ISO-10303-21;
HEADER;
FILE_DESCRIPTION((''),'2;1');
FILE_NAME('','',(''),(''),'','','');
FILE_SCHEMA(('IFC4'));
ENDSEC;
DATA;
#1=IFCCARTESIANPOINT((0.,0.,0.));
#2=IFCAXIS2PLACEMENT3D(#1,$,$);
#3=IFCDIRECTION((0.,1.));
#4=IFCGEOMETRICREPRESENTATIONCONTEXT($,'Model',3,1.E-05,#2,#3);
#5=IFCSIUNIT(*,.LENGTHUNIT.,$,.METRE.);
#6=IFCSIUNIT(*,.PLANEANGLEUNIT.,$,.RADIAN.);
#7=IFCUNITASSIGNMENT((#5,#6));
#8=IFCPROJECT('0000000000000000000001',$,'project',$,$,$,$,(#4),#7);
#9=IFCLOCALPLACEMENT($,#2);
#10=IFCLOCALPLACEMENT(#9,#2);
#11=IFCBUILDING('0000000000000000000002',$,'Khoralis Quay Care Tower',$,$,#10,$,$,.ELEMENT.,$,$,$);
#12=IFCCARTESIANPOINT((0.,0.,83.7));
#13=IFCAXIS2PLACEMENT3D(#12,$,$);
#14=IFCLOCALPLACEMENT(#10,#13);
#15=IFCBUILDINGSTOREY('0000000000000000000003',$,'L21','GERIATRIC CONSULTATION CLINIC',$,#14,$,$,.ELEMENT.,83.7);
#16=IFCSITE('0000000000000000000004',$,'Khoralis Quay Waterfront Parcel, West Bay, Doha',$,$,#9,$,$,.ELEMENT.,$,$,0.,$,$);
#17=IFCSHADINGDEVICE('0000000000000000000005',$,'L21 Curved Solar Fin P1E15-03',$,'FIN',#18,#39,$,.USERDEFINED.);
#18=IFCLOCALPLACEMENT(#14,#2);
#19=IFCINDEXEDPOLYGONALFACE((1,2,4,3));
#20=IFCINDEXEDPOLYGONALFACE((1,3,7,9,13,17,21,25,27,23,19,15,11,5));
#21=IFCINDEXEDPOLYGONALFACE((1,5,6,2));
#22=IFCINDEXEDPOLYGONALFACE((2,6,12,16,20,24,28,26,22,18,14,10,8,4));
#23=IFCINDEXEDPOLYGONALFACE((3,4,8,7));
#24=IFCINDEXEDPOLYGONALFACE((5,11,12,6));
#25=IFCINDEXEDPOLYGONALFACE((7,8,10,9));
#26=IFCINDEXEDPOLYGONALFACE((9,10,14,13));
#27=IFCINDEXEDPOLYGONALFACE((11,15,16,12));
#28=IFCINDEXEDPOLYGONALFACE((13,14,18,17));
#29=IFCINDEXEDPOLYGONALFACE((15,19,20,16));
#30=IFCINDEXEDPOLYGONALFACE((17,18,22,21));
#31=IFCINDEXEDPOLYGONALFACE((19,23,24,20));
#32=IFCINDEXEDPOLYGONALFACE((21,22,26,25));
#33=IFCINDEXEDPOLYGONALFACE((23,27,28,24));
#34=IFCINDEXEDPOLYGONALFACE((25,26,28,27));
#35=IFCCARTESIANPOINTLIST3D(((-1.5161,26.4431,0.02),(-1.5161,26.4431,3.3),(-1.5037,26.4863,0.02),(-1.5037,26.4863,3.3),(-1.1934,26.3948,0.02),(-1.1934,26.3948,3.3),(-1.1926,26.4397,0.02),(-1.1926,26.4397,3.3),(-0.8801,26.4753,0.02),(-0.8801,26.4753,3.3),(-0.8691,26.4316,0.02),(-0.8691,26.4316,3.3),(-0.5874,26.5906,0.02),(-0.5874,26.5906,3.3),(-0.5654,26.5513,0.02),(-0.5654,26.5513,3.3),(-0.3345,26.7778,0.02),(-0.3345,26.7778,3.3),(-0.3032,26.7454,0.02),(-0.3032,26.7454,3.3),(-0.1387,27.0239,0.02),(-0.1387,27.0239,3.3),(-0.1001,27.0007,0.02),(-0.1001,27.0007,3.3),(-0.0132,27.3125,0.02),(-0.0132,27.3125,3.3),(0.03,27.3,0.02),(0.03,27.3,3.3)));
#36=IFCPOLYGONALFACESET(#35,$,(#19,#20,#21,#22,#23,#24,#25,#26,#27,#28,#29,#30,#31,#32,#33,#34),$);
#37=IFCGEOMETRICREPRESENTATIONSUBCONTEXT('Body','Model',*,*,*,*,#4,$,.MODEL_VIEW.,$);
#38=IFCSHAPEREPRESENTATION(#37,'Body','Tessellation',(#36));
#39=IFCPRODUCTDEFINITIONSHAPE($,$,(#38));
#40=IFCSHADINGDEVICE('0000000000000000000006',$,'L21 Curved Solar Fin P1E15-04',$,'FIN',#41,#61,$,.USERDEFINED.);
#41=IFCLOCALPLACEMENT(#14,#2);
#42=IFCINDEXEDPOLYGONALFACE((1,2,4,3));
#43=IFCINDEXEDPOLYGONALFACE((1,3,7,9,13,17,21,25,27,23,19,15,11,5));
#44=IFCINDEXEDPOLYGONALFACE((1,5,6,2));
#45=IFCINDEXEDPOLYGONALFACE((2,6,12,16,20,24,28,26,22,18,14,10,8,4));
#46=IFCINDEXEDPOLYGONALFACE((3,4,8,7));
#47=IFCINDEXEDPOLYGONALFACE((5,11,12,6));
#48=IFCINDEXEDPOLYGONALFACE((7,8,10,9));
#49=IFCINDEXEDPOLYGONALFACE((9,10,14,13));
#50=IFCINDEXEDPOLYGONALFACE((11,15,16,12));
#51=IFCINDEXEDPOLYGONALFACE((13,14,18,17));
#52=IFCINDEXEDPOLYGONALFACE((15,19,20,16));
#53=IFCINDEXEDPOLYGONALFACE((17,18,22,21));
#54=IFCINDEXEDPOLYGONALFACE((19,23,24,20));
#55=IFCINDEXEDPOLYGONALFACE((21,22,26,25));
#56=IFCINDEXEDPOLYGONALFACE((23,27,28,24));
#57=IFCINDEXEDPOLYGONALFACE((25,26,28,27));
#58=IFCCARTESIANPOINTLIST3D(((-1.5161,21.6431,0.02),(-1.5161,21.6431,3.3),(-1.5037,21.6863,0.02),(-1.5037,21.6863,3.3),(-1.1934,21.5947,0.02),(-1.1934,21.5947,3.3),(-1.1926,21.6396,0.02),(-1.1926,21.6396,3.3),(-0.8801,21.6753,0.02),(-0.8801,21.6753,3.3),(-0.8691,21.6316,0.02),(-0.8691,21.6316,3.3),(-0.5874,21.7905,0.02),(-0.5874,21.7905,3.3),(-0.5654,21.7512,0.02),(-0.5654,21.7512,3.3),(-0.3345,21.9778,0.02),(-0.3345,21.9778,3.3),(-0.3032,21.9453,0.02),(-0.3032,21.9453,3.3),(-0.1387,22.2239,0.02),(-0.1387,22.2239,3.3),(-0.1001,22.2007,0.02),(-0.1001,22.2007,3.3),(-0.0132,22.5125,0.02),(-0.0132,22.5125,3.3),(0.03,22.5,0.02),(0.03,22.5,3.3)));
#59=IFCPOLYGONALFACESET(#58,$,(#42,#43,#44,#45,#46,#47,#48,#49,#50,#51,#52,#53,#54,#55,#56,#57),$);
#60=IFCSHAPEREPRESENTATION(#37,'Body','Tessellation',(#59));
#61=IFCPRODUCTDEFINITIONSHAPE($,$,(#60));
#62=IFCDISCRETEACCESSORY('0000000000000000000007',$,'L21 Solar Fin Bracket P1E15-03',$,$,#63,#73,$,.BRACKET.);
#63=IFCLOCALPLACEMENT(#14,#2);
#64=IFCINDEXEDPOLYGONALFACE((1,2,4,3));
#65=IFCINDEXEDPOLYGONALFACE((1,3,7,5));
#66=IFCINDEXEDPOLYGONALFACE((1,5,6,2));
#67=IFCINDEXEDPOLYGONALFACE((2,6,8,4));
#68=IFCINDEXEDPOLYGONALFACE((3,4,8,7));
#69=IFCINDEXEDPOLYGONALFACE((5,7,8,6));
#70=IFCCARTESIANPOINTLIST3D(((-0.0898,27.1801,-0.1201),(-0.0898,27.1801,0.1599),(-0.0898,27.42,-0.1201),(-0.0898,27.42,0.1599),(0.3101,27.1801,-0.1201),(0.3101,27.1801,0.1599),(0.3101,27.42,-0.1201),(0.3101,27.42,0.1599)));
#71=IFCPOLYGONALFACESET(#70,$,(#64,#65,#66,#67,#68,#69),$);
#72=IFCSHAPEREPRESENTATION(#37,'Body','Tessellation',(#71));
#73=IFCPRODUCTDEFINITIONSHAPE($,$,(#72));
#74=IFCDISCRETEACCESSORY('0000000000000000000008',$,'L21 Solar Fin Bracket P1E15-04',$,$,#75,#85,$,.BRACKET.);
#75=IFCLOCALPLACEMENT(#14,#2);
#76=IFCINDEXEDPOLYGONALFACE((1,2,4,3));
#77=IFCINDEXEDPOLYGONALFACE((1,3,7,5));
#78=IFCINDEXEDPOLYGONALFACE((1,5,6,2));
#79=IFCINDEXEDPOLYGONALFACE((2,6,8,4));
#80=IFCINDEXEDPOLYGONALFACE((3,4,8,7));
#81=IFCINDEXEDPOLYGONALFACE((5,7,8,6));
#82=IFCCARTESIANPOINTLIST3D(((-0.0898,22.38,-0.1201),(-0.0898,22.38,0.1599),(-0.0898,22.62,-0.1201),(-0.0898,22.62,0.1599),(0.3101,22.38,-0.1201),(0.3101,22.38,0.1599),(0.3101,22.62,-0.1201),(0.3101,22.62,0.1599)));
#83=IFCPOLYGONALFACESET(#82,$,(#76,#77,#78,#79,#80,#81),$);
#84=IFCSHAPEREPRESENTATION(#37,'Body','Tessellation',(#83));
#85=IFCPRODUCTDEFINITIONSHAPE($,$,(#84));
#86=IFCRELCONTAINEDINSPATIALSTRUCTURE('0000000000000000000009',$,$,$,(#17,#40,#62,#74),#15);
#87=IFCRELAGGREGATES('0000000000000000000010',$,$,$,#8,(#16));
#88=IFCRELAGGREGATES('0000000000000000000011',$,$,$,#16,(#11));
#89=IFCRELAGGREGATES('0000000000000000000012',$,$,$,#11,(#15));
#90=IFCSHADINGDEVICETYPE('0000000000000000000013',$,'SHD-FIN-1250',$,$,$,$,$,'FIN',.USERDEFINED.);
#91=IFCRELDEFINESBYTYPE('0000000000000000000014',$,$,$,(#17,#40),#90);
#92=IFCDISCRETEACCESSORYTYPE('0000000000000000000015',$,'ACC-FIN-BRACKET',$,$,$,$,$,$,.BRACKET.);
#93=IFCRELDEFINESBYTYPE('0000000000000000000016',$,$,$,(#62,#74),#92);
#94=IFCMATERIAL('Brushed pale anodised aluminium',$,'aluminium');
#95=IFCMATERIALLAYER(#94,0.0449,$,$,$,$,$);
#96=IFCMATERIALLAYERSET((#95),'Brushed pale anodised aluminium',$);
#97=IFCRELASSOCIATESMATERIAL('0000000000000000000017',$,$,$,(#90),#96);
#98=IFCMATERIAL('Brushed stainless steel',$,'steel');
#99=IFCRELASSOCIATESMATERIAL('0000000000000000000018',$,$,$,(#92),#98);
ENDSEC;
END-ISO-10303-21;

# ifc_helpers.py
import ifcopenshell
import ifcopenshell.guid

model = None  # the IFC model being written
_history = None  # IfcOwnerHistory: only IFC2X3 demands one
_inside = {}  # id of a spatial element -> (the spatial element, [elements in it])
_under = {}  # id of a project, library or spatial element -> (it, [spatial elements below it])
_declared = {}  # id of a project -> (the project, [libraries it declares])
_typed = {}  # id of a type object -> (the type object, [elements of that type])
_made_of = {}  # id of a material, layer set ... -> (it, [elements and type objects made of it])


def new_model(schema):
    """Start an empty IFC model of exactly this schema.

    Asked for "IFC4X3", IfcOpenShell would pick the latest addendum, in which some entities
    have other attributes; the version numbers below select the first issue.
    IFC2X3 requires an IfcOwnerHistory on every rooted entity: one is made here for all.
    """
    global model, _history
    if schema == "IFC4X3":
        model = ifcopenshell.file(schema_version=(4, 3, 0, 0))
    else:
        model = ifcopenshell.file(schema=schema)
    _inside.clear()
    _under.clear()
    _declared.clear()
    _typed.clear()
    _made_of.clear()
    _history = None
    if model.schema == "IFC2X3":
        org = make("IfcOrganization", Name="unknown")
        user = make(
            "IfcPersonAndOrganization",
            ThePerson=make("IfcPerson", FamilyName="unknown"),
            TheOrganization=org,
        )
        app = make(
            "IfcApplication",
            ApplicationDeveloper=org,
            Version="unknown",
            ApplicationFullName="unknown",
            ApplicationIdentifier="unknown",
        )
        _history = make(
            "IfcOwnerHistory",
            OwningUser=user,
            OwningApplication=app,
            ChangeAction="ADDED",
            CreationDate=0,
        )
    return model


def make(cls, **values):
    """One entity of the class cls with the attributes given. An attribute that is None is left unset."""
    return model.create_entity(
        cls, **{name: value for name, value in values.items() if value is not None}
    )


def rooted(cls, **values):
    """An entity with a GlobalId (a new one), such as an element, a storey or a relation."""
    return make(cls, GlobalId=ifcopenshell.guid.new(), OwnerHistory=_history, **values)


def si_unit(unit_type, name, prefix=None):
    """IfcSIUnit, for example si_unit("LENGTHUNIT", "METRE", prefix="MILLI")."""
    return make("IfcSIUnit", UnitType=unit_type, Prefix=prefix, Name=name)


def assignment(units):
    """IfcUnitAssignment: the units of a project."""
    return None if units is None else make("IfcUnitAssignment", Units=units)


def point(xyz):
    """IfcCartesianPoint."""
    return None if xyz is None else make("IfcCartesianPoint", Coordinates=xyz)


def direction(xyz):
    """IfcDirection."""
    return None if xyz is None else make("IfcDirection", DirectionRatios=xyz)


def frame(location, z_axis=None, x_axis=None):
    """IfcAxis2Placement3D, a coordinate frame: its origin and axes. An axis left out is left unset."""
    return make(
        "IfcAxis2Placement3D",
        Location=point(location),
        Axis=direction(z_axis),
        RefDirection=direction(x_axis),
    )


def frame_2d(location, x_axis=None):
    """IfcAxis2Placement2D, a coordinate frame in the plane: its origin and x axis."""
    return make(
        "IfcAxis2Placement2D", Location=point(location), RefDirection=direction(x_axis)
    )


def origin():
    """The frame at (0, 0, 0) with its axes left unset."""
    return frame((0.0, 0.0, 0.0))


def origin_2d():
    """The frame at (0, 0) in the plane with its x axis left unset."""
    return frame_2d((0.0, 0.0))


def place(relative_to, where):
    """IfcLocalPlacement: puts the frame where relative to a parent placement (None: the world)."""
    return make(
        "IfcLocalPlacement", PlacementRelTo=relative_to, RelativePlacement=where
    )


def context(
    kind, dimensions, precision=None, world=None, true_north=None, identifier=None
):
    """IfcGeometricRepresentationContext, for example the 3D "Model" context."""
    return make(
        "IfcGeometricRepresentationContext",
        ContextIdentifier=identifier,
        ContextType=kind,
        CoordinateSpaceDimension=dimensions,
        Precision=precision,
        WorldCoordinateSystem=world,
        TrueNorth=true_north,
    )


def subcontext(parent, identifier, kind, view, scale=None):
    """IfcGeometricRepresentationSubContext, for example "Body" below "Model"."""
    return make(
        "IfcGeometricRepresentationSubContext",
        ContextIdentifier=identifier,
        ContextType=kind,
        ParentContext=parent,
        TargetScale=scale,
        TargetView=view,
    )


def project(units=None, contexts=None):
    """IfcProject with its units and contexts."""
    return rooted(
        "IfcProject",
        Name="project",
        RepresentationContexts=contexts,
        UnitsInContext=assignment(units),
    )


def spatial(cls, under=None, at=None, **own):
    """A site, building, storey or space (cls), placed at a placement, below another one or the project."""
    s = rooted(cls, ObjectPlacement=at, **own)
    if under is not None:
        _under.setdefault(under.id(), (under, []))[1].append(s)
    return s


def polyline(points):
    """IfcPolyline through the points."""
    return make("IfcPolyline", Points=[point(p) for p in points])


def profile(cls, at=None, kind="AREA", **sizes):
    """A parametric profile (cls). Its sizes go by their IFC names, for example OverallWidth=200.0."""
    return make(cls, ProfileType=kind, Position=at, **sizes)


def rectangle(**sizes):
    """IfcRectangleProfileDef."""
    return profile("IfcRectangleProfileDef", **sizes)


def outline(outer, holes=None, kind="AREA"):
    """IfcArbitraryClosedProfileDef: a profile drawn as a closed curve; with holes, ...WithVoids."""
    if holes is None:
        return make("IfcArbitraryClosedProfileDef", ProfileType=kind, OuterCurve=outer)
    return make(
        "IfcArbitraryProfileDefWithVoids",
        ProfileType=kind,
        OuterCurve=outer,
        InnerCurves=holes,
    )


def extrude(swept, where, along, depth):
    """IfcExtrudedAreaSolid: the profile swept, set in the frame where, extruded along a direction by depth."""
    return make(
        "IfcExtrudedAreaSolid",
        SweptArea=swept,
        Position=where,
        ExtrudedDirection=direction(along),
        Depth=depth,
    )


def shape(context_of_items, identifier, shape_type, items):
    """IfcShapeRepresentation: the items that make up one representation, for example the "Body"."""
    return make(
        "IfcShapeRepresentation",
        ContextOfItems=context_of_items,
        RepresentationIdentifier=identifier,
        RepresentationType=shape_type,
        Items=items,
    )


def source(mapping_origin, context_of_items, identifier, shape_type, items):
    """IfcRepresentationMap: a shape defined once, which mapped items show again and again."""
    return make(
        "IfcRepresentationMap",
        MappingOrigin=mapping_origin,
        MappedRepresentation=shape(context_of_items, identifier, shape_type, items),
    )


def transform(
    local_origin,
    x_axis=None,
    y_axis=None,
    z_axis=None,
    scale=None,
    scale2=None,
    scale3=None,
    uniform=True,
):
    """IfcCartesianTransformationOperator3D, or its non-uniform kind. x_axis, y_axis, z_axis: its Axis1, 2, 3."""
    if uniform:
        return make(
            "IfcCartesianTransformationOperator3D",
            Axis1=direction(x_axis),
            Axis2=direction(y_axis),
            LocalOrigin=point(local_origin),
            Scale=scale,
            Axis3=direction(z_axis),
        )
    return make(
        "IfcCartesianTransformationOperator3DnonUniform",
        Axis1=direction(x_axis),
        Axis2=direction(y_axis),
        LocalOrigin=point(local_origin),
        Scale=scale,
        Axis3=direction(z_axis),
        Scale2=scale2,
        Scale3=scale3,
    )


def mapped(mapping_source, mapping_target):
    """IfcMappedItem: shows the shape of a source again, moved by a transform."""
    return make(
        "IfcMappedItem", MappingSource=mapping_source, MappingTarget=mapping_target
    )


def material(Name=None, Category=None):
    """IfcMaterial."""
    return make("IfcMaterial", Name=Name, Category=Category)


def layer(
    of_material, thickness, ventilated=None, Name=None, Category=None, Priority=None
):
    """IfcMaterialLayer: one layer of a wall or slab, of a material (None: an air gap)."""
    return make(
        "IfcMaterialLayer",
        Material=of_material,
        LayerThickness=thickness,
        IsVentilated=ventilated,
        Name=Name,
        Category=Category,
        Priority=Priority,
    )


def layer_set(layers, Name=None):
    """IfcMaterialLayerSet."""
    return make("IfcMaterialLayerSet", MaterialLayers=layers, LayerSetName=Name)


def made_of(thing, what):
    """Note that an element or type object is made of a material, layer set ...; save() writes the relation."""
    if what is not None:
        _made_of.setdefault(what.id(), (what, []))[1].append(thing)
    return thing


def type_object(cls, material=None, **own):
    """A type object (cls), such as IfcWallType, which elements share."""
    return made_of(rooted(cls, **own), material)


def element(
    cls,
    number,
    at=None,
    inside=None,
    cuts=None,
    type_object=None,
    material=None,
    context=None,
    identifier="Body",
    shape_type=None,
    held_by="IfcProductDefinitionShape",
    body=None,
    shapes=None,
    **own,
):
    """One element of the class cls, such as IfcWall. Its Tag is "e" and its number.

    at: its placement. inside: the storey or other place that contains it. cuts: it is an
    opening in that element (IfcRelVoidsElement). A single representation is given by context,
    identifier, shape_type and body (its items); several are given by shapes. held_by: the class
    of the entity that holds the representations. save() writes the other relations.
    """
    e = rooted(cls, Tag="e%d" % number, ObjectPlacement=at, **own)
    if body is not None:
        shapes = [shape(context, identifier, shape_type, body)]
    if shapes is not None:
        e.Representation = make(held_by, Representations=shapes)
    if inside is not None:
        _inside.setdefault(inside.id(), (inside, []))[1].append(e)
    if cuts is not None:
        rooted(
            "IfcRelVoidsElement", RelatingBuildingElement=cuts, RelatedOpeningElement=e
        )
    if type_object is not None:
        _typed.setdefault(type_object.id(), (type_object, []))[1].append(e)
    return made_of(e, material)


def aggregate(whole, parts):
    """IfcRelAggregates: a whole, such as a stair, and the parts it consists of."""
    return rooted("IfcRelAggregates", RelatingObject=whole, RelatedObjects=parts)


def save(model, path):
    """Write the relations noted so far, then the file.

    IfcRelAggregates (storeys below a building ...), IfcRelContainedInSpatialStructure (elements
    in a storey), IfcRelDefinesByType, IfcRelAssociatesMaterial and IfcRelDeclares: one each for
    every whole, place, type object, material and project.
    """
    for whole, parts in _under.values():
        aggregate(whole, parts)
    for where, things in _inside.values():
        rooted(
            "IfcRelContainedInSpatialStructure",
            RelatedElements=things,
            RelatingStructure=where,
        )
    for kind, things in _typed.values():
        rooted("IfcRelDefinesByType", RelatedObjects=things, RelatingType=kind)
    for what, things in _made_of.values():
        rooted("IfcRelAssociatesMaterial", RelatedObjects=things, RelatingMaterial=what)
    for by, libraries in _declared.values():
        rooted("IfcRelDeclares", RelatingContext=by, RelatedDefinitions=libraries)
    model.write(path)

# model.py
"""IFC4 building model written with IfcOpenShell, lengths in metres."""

from ifc_helpers import new_model, si_unit, direction, frame, origin, origin_2d, place, context, subcontext, project, spatial, polyline, rectangle, outline, extrude, source, transform, mapped, material, layer, layer_set, type_object, element, save


model = new_model("IFC4")

# Units and contexts
model_context = context("Model", 3, precision=1e-05, world=origin(), true_north=direction((0.0, 1.0)))
body_context = subcontext(model_context, "Body", "Model", "MODEL_VIEW")
ifc_project = project(units=[si_unit("LENGTHUNIT", "METRE"), si_unit("PLANEANGLEUNIT", "RADIAN")], contexts=[model_context])

# Site, building, storey
site_placement = place(None, origin())
site = spatial("IfcSite", under=ifc_project, at=site_placement, Name="Khoralis Quay Waterfront Parcel, West Bay, Doha", CompositionType="ELEMENT", RefElevation=0.0)
building_placement = place(site_placement, origin())
building = spatial("IfcBuilding", under=site, at=building_placement, Name="Khoralis Quay Care Tower", CompositionType="ELEMENT")
storey_placement = place(building_placement, frame((0.0, 0.0, 83.7)))
storey = spatial("IfcBuildingStorey", under=building, at=storey_placement, Name="L21", Description="GERIATRIC CONSULTATION CLINIC", CompositionType="ELEMENT", Elevation=83.7)

# Shading devices
ifc_material_1 = material(Name="Brushed pale anodised aluminium", Category="aluminium")
ifc_layer_1 = layer(ifc_material_1, 0.0449)
ifc_layer_set_1 = layer_set([ifc_layer_1], Name="Brushed pale anodised aluminium")
shading_device_type = type_object("IfcShadingDeviceType", Name="SHD-FIN-1250", ElementType="FIN", PredefinedType="USERDEFINED", material=ifc_layer_set_1)
shared_shape_1 = source(origin(), body_context, "Body", "SweptSolid", [
    extrude(outline(polyline([(0.0, 0.0), (0.1301, 0.2993), (0.3333, 0.5547), (0.5955, 0.7488), (0.8992, 0.8684), (1.2234, 0.9053), (1.5461, 0.8569), (1.5337, 0.8137), (1.2227, 0.8604), (0.9102, 0.8247), (0.6174, 0.7095), (0.3645, 0.5222), (0.1687, 0.2761), (0.0432, -0.0125), (0.0, 0.0)])), origin(), (0.0, 0.0, 1.0), 3.28),
])
for number, where, z_axis, x_axis, name in (
    (1, (0.03, 27.3, 0.02), (0.0, 0.0, 1.0), (-1.0, 0.0, 0.0), "L21 Curved Solar Fin P1E15-03"),
    (2, (0.03, 22.5, 0.02), (0.0, 0.0, 1.0), (-1.0, 0.0, 0.0), "L21 Curved Solar Fin P1E15-04"),
):
    element("IfcShadingDevice", number, at=place(storey_placement, frame(where, z_axis=z_axis, x_axis=x_axis)), inside=storey, type_object=shading_device_type, Name=name, ObjectType="FIN", PredefinedType="USERDEFINED", context=body_context, shape_type="MappedRepresentation", body=[
        mapped(shared_shape_1, transform((0.0, 0.0, 0.0), scale=1.0)),
    ])

# Discrete accessories
ifc_material_2 = material(Name="Brushed stainless steel", Category="steel")
discrete_accessory_type = type_object("IfcDiscreteAccessoryType", Name="ACC-FIN-BRACKET", PredefinedType="BRACKET", material=ifc_material_2)
shared_shape_2 = source(origin(), body_context, "Body", "SweptSolid", [
    extrude(rectangle(XDim=0.3999, YDim=0.24, at=origin_2d()), origin(), (0.0, 0.0, 1.0), 0.28),
])
for number, where, z_axis, x_axis, name in (
    (3, (0.1101, 27.3, -0.1201), (0.0, 0.0, 1.0), (-1.0, 0.0, 0.0), "L21 Solar Fin Bracket P1E15-03"),
    (4, (0.1101, 22.5, -0.1201), (0.0, 0.0, 1.0), (-1.0, 0.0, 0.0), "L21 Solar Fin Bracket P1E15-04"),
):
    element("IfcDiscreteAccessory", number, at=place(storey_placement, frame(where, z_axis=z_axis, x_axis=x_axis)), inside=storey, type_object=discrete_accessory_type, Name=name, PredefinedType="BRACKET", context=body_context, shape_type="MappedRepresentation", body=[
        mapped(shared_shape_2, transform((0.0, 0.0, 0.0), scale=1.0)),
    ])

save(model, "model.ifc")
